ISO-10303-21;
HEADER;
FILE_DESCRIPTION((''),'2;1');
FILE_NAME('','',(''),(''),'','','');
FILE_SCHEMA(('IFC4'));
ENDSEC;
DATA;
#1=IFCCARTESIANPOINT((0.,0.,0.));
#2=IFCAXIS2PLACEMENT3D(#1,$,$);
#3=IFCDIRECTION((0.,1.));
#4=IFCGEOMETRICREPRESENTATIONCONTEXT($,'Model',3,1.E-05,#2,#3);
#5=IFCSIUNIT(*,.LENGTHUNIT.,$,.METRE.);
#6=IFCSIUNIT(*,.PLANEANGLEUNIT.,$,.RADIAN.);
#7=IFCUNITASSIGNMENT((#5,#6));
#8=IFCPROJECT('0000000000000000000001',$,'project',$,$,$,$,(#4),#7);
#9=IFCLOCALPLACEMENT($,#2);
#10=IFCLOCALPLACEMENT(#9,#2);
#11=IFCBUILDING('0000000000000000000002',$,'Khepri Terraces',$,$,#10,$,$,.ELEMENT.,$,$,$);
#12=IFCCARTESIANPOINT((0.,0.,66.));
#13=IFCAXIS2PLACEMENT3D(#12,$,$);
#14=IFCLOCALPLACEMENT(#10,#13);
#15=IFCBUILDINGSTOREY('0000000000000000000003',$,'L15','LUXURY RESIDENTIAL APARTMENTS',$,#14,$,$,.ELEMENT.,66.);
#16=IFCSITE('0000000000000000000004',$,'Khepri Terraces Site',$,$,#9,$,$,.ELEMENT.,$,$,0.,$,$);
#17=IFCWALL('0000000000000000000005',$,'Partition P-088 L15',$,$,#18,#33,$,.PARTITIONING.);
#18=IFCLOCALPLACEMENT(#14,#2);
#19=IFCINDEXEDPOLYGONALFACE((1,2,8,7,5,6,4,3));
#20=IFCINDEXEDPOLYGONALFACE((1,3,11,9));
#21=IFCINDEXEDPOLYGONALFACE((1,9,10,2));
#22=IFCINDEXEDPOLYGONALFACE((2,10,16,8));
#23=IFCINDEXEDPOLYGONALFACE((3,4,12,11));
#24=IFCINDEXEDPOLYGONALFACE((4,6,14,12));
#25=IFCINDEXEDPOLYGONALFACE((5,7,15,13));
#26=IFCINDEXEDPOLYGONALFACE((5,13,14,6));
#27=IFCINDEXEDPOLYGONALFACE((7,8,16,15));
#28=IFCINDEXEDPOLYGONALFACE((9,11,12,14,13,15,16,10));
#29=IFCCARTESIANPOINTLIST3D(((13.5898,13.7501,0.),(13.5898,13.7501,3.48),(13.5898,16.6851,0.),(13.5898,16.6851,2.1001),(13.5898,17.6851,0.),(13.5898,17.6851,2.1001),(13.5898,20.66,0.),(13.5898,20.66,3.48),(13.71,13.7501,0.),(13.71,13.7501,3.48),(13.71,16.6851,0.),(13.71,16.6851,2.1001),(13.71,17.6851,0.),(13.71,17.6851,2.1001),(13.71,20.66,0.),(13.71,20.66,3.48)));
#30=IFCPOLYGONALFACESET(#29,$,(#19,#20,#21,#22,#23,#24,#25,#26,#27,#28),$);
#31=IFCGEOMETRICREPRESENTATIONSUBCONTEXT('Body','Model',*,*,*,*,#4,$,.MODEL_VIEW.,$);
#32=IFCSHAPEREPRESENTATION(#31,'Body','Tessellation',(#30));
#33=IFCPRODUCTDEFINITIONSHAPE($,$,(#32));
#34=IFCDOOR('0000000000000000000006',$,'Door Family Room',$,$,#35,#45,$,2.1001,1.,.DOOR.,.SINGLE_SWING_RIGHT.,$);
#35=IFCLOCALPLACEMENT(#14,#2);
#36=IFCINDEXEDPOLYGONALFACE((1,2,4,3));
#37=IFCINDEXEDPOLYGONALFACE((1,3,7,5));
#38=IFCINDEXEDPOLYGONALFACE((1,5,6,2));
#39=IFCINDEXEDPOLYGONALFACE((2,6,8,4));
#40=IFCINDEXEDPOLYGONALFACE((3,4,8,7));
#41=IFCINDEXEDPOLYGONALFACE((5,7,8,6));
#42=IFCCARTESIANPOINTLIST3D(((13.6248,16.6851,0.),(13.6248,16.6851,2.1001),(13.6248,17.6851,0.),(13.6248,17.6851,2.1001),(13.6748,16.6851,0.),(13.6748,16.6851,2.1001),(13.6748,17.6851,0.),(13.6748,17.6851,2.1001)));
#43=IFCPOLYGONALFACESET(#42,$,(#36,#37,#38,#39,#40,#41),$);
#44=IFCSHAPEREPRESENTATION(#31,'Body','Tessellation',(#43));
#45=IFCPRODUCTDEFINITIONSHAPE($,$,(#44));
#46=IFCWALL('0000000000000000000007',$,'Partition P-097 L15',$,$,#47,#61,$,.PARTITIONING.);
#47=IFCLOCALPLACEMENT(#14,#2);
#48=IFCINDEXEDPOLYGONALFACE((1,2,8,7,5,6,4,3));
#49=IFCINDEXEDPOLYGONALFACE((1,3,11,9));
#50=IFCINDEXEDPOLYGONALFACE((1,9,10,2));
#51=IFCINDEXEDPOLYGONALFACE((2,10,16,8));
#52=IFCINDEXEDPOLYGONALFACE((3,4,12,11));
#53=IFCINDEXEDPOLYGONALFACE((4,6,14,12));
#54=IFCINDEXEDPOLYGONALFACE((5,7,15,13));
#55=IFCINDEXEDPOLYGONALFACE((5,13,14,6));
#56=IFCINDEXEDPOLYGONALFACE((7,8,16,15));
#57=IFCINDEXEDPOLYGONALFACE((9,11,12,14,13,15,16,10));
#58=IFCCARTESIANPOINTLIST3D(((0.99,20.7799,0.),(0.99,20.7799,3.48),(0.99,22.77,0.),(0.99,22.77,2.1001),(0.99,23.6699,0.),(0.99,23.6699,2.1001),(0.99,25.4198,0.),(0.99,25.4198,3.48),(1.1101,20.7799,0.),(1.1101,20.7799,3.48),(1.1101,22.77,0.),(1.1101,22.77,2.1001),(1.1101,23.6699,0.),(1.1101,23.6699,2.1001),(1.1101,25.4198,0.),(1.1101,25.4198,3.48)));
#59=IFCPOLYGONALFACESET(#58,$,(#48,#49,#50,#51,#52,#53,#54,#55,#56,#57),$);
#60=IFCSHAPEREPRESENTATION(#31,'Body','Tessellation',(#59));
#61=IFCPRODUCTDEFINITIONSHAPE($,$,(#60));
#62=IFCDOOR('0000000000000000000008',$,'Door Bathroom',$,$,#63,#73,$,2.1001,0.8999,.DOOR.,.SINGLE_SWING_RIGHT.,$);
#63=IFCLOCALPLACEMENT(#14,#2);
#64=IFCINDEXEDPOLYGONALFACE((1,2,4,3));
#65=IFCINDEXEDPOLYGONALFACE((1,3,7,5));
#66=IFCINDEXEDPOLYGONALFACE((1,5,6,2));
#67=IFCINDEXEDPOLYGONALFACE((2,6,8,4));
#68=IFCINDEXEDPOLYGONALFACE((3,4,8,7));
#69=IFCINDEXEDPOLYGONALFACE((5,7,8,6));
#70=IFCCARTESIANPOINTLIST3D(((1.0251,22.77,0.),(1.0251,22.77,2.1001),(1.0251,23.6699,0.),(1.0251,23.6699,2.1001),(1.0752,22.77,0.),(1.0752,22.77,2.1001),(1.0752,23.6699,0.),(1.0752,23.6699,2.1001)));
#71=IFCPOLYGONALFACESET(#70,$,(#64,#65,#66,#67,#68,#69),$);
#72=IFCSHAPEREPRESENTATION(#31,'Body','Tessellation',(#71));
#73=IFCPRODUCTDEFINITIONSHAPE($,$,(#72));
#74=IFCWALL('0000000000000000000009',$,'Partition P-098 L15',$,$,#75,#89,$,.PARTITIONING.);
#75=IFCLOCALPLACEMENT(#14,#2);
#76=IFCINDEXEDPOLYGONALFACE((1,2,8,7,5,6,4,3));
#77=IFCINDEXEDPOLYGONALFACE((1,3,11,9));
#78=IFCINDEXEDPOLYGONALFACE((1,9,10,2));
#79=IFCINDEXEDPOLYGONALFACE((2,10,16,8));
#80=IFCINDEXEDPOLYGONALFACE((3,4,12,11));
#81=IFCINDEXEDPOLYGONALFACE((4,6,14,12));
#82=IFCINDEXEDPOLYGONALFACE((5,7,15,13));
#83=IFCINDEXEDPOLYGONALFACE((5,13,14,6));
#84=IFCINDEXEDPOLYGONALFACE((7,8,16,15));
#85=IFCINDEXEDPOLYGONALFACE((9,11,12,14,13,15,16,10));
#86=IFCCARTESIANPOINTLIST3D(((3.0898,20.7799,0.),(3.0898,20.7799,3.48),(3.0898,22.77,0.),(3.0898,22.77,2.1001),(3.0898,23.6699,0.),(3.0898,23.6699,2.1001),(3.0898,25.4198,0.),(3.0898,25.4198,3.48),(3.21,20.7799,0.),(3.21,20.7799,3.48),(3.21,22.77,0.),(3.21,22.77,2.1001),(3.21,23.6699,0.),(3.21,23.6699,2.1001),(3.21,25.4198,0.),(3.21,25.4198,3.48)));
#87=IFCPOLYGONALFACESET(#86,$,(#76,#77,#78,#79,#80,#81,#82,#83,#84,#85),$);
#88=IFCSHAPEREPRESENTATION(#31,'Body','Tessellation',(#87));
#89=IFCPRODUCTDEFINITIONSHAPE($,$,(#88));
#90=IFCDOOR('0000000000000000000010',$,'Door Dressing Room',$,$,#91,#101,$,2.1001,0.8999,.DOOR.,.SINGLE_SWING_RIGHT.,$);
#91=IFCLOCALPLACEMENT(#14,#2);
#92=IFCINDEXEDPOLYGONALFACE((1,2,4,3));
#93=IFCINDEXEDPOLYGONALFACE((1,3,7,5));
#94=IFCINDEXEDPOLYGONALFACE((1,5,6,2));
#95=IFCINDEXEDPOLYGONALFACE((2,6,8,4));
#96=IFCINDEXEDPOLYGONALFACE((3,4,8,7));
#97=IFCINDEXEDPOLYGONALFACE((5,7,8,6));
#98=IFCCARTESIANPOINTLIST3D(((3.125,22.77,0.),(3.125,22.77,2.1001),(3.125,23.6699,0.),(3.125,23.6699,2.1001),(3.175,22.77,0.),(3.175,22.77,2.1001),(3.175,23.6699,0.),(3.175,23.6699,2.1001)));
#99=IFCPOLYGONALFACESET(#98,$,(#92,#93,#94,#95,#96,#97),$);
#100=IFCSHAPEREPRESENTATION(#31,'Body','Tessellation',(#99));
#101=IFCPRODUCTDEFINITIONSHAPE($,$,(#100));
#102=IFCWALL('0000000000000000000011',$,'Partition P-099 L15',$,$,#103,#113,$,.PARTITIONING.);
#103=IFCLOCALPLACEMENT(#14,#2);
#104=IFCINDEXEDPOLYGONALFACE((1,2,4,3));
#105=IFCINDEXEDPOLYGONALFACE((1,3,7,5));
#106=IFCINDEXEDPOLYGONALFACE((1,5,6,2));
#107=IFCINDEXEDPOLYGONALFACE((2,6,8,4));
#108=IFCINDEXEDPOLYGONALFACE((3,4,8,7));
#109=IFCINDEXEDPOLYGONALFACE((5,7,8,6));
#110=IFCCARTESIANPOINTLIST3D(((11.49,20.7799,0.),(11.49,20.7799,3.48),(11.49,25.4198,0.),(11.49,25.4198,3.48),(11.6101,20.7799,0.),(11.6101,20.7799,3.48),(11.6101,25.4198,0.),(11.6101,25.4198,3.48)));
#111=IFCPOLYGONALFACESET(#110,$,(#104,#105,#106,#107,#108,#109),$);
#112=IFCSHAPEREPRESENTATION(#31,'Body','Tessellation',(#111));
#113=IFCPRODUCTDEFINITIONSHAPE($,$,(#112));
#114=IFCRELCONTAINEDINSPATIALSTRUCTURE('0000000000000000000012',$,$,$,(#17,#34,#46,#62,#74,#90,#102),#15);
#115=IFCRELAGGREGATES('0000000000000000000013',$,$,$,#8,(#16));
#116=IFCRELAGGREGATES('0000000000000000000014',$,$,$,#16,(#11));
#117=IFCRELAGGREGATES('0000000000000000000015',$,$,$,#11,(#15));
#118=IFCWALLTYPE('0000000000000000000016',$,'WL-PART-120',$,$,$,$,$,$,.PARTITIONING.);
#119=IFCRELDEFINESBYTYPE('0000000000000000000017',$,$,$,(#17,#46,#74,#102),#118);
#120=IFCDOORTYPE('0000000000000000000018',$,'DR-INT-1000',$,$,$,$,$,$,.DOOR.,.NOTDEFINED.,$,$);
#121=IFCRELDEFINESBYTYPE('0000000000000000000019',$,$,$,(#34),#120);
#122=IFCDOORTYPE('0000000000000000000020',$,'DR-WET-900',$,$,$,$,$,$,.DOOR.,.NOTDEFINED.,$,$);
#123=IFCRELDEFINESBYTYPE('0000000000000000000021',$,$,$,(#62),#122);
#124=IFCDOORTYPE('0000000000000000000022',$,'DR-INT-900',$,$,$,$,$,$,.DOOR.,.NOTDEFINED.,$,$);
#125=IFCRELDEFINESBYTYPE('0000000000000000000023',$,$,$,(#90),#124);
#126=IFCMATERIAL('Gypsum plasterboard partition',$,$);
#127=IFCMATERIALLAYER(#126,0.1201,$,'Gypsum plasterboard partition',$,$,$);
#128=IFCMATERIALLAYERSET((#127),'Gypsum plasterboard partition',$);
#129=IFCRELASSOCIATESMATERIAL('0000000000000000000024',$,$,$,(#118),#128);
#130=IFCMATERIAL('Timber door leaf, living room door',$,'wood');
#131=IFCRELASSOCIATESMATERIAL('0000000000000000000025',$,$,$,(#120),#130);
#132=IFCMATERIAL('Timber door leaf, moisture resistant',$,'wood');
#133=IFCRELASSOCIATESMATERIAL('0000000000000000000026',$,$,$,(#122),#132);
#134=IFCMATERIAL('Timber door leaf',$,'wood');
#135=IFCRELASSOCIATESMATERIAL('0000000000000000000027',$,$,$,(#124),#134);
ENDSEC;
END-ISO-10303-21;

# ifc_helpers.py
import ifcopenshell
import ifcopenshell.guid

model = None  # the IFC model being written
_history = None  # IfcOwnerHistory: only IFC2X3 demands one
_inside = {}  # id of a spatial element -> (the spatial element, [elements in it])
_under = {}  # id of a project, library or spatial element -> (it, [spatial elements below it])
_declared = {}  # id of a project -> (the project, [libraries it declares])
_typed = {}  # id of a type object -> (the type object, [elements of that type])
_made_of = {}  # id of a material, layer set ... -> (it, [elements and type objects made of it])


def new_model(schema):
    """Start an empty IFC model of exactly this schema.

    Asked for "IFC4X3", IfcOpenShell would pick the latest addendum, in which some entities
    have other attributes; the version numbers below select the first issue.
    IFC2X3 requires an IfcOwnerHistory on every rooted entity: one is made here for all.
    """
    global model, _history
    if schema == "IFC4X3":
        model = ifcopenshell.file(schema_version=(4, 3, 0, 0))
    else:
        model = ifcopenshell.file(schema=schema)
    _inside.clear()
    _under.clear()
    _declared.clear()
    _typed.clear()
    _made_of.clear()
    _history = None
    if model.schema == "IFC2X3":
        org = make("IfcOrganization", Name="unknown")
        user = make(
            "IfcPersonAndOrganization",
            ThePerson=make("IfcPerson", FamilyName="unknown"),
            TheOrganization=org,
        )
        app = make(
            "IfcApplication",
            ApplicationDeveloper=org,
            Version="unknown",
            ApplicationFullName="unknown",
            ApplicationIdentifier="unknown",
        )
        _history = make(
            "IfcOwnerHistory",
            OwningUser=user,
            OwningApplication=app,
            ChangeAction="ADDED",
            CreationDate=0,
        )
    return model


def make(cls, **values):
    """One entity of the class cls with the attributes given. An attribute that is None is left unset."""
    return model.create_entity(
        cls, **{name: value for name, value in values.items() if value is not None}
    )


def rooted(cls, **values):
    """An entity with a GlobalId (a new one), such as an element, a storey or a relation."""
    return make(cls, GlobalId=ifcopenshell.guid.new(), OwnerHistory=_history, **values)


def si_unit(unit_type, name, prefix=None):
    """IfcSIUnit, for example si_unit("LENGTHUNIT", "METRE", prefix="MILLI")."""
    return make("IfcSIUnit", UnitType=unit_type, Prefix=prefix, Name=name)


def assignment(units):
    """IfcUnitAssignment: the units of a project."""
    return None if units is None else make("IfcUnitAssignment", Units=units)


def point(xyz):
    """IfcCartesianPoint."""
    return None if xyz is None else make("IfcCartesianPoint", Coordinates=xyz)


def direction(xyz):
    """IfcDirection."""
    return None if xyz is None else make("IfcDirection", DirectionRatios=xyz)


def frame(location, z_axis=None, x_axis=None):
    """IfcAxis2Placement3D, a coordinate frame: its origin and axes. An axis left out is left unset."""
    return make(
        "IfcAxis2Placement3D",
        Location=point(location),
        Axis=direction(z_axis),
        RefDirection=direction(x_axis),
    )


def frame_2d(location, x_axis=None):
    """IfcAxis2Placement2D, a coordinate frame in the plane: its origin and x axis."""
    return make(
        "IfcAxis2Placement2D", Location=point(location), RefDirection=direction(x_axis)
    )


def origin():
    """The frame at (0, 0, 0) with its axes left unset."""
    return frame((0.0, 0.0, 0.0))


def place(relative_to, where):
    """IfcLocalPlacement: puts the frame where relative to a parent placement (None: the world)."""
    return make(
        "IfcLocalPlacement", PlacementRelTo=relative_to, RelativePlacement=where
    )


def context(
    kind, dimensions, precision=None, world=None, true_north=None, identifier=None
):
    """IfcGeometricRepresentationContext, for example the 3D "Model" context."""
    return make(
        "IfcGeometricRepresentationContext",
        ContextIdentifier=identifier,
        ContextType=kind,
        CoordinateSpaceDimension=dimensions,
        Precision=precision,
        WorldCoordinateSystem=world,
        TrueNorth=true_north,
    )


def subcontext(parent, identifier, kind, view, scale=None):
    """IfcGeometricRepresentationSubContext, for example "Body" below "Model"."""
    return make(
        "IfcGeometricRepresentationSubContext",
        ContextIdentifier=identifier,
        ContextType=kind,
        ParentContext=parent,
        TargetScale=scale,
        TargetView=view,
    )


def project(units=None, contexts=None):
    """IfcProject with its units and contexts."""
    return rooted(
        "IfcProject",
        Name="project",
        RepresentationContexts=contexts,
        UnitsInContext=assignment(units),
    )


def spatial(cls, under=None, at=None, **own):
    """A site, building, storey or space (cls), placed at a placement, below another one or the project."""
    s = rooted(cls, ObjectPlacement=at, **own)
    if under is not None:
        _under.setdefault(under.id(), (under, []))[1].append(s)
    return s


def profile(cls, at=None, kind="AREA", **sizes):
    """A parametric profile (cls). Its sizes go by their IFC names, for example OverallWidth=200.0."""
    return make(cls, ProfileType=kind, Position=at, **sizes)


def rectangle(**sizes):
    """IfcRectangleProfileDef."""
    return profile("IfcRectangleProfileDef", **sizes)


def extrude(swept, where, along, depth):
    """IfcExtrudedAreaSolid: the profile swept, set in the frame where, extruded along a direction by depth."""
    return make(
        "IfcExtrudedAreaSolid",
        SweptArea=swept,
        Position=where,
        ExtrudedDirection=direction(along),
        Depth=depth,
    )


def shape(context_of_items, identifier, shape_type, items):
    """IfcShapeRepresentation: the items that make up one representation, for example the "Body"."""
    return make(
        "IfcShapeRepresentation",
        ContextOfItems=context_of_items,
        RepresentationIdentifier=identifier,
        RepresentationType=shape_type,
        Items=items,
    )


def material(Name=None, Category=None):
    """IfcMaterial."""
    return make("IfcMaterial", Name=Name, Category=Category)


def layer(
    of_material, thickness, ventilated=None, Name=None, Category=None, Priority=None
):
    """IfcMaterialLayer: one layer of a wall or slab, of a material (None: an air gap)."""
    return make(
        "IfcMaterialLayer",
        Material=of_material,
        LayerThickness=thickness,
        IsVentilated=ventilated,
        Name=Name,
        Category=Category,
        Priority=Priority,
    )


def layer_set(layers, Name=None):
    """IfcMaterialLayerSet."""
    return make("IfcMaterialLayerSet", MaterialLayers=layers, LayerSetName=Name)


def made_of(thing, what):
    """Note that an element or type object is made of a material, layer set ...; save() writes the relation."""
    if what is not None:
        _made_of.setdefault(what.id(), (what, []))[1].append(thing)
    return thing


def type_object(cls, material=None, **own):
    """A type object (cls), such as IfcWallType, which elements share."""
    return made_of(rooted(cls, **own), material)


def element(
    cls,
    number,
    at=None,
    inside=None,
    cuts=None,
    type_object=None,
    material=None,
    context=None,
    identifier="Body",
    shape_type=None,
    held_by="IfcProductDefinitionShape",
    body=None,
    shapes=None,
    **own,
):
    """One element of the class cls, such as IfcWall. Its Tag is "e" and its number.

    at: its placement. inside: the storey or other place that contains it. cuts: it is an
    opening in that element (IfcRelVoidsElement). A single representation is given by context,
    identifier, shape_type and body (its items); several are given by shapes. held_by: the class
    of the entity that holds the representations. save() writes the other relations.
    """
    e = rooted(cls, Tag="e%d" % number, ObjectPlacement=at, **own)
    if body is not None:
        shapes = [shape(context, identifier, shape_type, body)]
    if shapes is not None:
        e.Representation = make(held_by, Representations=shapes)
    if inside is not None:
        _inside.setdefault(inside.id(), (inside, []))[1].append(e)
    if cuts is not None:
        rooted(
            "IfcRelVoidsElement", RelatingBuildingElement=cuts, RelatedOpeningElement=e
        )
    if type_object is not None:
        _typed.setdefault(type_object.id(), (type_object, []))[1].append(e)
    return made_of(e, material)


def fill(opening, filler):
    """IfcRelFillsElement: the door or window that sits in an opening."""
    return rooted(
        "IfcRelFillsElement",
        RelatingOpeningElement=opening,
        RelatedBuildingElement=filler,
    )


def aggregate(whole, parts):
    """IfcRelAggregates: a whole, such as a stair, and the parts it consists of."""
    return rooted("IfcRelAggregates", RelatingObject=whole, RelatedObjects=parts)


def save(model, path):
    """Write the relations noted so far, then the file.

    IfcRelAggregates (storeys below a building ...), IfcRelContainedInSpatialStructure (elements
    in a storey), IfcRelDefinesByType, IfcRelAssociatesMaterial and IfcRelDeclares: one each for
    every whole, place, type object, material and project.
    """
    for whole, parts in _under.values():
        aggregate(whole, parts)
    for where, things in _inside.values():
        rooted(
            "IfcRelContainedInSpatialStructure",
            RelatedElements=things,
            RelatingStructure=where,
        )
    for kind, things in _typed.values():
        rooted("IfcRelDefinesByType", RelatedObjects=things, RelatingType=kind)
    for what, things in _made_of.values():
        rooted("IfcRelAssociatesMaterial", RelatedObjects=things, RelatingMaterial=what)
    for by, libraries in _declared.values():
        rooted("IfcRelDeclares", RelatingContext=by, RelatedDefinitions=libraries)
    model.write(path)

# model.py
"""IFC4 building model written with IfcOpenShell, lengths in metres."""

from ifc_helpers import new_model, si_unit, direction, frame, frame_2d, origin, place, context, subcontext, project, spatial, rectangle, extrude, material, layer, layer_set, type_object, element, fill, save


model = new_model("IFC4")

# Units and contexts
model_context = context("Model", 3, precision=1e-05, world=origin(), true_north=direction((0.0, 1.0)))
body_context = subcontext(model_context, "Body", "Model", "MODEL_VIEW")
ifc_project = project(units=[si_unit("LENGTHUNIT", "METRE"), si_unit("PLANEANGLEUNIT", "RADIAN")], contexts=[model_context])

# Site, building, storey
site_placement = place(None, origin())
site = spatial("IfcSite", under=ifc_project, at=site_placement, Name="Khepri Terraces Site", CompositionType="ELEMENT", RefElevation=0.0)
building_placement = place(site_placement, origin())
building = spatial("IfcBuilding", under=site, at=building_placement, Name="Khepri Terraces", CompositionType="ELEMENT")
storey_placement = place(building_placement, frame((0.0, 0.0, 66.0)))
storey = spatial("IfcBuildingStorey", under=building, at=storey_placement, Name="L15", Description="LUXURY RESIDENTIAL APARTMENTS", CompositionType="ELEMENT", Elevation=66.0)

# Shared definitions
ifc_material_1 = material(Name="Gypsum plasterboard partition")
ifc_layer_1 = layer(ifc_material_1, 0.1201, Name="Gypsum plasterboard partition")
ifc_layer_set_1 = layer_set([ifc_layer_1], Name="Gypsum plasterboard partition")
wall_type_1 = type_object("IfcWallType", Name="WL-PART-120", PredefinedType="PARTITIONING", material=ifc_layer_set_1)

# Walls, openings, doors
wall_1_placement = place(storey_placement, frame((13.6499, 13.75, 0.0), z_axis=(0.0, 0.0, 1.0), x_axis=(0.0, 1.0, 0.0)))
wall_1 = element("IfcWall", 1, at=wall_1_placement, inside=storey, type_object=wall_type_1, Name="Partition P-088 L15", PredefinedType="PARTITIONING", context=body_context, shape_type="SweptSolid", body=[
    extrude(rectangle(XDim=6.9099, YDim=0.1201, at=frame_2d((3.4551, 0.0))), origin(), (0.0, 0.0, 1.0), 3.48),
])
opening_1_placement = place(wall_1_placement, frame((2.9351, 0.0, 0.0)))
opening_1 = element("IfcOpeningElement", 2, at=opening_1_placement, cuts=wall_1, PredefinedType="OPENING", context=body_context, shape_type="SweptSolid", body=[
    extrude(rectangle(XDim=1.0, YDim=2.1001, at=frame_2d((0.5, 1.05))), frame((0.0, 0.0701, 0.0), z_axis=(0.0, -1.0, 0.0), x_axis=(1.0, 0.0, 0.0)), (0.0, 0.0, 1.0), 0.1401),
])
ifc_material_2 = material(Name="Timber door leaf, living room door", Category="wood")
door_type_1 = type_object("IfcDoorType", Name="DR-INT-1000", OperationType="NOTDEFINED", PredefinedType="DOOR", material=ifc_material_2)
door_1_placement = place(opening_1_placement, frame((1.0, 0.0, 0.0), z_axis=(0.0, 0.0, 1.0), x_axis=(-1.0, 0.0, 0.0)))
door_1 = element("IfcDoor", 3, at=door_1_placement, inside=storey, type_object=door_type_1, Name="Door Family Room", OperationType="SINGLE_SWING_RIGHT", OverallHeight=2.1001, OverallWidth=1.0, PredefinedType="DOOR", context=body_context, shape_type="SweptSolid", body=[
    extrude(rectangle(XDim=1.0, YDim=2.1001, at=frame_2d((0.5, 1.05))), frame((0.0, 0.0249, 0.0), z_axis=(0.0, -1.0, 0.0), x_axis=(1.0, 0.0, 0.0)), (0.0, 0.0, 1.0), 0.05),
])
fill(opening_1, door_1)
wall_2_placement = place(storey_placement, frame((1.05, 20.78, 0.0), z_axis=(0.0, 0.0, 1.0), x_axis=(0.0, 1.0, 0.0)))
wall_2 = element("IfcWall", 4, at=wall_2_placement, inside=storey, type_object=wall_type_1, Name="Partition P-097 L15", PredefinedType="PARTITIONING", context=body_context, shape_type="SweptSolid", body=[
    extrude(rectangle(XDim=4.6399, YDim=0.1201, at=frame_2d((2.3198, 0.0))), origin(), (0.0, 0.0, 1.0), 3.48),
])
opening_2_placement = place(wall_2_placement, frame((1.99, 0.0, 0.0)))
opening_2 = element("IfcOpeningElement", 5, at=opening_2_placement, cuts=wall_2, PredefinedType="OPENING", context=body_context, shape_type="SweptSolid", body=[
    extrude(rectangle(XDim=0.8999, YDim=2.1001, at=frame_2d((0.45, 1.05))), frame((0.0, 0.0701, 0.0), z_axis=(0.0, -1.0, 0.0), x_axis=(1.0, 0.0, 0.0)), (0.0, 0.0, 1.0), 0.1401),
])
ifc_material_3 = material(Name="Timber door leaf, moisture resistant", Category="wood")
door_type_2 = type_object("IfcDoorType", Name="DR-WET-900", OperationType="NOTDEFINED", PredefinedType="DOOR", material=ifc_material_3)
door_2_placement = place(opening_2_placement, origin())
door_2 = element("IfcDoor", 6, at=door_2_placement, inside=storey, type_object=door_type_2, Name="Door Bathroom", OperationType="SINGLE_SWING_RIGHT", OverallHeight=2.1001, OverallWidth=0.8999, PredefinedType="DOOR", context=body_context, shape_type="SweptSolid", body=[
    extrude(rectangle(XDim=0.8999, YDim=2.1001, at=frame_2d((0.45, 1.05))), frame((0.0, 0.0249, 0.0), z_axis=(0.0, -1.0, 0.0), x_axis=(1.0, 0.0, 0.0)), (0.0, 0.0, 1.0), 0.05),
])
fill(opening_2, door_2)
wall_3_placement = place(storey_placement, frame((3.1499, 20.78, 0.0), z_axis=(0.0, 0.0, 1.0), x_axis=(0.0, 1.0, 0.0)))
wall_3 = element("IfcWall", 7, at=wall_3_placement, inside=storey, type_object=wall_type_1, Name="Partition P-098 L15", PredefinedType="PARTITIONING", context=body_context, shape_type="SweptSolid", body=[
    extrude(rectangle(XDim=4.6399, YDim=0.1201, at=frame_2d((2.3198, 0.0))), origin(), (0.0, 0.0, 1.0), 3.48),
])
opening_3_placement = place(wall_3_placement, frame((1.99, 0.0, 0.0)))
opening_3 = element("IfcOpeningElement", 8, at=opening_3_placement, cuts=wall_3, PredefinedType="OPENING", context=body_context, shape_type="SweptSolid", body=[
    extrude(rectangle(XDim=0.8999, YDim=2.1001, at=frame_2d((0.45, 1.05))), frame((0.0, 0.0701, 0.0), z_axis=(0.0, -1.0, 0.0), x_axis=(1.0, 0.0, 0.0)), (0.0, 0.0, 1.0), 0.1401),
])
ifc_material_4 = material(Name="Timber door leaf", Category="wood")
door_type_3 = type_object("IfcDoorType", Name="DR-INT-900", OperationType="NOTDEFINED", PredefinedType="DOOR", material=ifc_material_4)
door_3_placement = place(opening_3_placement, origin())
door_3 = element("IfcDoor", 9, at=door_3_placement, inside=storey, type_object=door_type_3, Name="Door Dressing Room", OperationType="SINGLE_SWING_RIGHT", OverallHeight=2.1001, OverallWidth=0.8999, PredefinedType="DOOR", context=body_context, shape_type="SweptSolid", body=[
    extrude(rectangle(XDim=0.8999, YDim=2.1001, at=frame_2d((0.45, 1.05))), frame((0.0, 0.0249, 0.0), z_axis=(0.0, -1.0, 0.0), x_axis=(1.0, 0.0, 0.0)), (0.0, 0.0, 1.0), 0.05),
])
fill(opening_3, door_3)

# Wall
wall_4_placement = place(storey_placement, frame((11.55, 20.78, 0.0), z_axis=(0.0, 0.0, 1.0), x_axis=(0.0, 1.0, 0.0)))
element("IfcWall", 10, at=wall_4_placement, inside=storey, type_object=wall_type_1, Name="Partition P-099 L15", PredefinedType="PARTITIONING", context=body_context, shape_type="SweptSolid", body=[
    extrude(rectangle(XDim=4.6399, YDim=0.1201, at=frame_2d((2.3198, 0.0))), origin(), (0.0, 0.0, 1.0), 3.48),
])

save(model, "model.ifc")
